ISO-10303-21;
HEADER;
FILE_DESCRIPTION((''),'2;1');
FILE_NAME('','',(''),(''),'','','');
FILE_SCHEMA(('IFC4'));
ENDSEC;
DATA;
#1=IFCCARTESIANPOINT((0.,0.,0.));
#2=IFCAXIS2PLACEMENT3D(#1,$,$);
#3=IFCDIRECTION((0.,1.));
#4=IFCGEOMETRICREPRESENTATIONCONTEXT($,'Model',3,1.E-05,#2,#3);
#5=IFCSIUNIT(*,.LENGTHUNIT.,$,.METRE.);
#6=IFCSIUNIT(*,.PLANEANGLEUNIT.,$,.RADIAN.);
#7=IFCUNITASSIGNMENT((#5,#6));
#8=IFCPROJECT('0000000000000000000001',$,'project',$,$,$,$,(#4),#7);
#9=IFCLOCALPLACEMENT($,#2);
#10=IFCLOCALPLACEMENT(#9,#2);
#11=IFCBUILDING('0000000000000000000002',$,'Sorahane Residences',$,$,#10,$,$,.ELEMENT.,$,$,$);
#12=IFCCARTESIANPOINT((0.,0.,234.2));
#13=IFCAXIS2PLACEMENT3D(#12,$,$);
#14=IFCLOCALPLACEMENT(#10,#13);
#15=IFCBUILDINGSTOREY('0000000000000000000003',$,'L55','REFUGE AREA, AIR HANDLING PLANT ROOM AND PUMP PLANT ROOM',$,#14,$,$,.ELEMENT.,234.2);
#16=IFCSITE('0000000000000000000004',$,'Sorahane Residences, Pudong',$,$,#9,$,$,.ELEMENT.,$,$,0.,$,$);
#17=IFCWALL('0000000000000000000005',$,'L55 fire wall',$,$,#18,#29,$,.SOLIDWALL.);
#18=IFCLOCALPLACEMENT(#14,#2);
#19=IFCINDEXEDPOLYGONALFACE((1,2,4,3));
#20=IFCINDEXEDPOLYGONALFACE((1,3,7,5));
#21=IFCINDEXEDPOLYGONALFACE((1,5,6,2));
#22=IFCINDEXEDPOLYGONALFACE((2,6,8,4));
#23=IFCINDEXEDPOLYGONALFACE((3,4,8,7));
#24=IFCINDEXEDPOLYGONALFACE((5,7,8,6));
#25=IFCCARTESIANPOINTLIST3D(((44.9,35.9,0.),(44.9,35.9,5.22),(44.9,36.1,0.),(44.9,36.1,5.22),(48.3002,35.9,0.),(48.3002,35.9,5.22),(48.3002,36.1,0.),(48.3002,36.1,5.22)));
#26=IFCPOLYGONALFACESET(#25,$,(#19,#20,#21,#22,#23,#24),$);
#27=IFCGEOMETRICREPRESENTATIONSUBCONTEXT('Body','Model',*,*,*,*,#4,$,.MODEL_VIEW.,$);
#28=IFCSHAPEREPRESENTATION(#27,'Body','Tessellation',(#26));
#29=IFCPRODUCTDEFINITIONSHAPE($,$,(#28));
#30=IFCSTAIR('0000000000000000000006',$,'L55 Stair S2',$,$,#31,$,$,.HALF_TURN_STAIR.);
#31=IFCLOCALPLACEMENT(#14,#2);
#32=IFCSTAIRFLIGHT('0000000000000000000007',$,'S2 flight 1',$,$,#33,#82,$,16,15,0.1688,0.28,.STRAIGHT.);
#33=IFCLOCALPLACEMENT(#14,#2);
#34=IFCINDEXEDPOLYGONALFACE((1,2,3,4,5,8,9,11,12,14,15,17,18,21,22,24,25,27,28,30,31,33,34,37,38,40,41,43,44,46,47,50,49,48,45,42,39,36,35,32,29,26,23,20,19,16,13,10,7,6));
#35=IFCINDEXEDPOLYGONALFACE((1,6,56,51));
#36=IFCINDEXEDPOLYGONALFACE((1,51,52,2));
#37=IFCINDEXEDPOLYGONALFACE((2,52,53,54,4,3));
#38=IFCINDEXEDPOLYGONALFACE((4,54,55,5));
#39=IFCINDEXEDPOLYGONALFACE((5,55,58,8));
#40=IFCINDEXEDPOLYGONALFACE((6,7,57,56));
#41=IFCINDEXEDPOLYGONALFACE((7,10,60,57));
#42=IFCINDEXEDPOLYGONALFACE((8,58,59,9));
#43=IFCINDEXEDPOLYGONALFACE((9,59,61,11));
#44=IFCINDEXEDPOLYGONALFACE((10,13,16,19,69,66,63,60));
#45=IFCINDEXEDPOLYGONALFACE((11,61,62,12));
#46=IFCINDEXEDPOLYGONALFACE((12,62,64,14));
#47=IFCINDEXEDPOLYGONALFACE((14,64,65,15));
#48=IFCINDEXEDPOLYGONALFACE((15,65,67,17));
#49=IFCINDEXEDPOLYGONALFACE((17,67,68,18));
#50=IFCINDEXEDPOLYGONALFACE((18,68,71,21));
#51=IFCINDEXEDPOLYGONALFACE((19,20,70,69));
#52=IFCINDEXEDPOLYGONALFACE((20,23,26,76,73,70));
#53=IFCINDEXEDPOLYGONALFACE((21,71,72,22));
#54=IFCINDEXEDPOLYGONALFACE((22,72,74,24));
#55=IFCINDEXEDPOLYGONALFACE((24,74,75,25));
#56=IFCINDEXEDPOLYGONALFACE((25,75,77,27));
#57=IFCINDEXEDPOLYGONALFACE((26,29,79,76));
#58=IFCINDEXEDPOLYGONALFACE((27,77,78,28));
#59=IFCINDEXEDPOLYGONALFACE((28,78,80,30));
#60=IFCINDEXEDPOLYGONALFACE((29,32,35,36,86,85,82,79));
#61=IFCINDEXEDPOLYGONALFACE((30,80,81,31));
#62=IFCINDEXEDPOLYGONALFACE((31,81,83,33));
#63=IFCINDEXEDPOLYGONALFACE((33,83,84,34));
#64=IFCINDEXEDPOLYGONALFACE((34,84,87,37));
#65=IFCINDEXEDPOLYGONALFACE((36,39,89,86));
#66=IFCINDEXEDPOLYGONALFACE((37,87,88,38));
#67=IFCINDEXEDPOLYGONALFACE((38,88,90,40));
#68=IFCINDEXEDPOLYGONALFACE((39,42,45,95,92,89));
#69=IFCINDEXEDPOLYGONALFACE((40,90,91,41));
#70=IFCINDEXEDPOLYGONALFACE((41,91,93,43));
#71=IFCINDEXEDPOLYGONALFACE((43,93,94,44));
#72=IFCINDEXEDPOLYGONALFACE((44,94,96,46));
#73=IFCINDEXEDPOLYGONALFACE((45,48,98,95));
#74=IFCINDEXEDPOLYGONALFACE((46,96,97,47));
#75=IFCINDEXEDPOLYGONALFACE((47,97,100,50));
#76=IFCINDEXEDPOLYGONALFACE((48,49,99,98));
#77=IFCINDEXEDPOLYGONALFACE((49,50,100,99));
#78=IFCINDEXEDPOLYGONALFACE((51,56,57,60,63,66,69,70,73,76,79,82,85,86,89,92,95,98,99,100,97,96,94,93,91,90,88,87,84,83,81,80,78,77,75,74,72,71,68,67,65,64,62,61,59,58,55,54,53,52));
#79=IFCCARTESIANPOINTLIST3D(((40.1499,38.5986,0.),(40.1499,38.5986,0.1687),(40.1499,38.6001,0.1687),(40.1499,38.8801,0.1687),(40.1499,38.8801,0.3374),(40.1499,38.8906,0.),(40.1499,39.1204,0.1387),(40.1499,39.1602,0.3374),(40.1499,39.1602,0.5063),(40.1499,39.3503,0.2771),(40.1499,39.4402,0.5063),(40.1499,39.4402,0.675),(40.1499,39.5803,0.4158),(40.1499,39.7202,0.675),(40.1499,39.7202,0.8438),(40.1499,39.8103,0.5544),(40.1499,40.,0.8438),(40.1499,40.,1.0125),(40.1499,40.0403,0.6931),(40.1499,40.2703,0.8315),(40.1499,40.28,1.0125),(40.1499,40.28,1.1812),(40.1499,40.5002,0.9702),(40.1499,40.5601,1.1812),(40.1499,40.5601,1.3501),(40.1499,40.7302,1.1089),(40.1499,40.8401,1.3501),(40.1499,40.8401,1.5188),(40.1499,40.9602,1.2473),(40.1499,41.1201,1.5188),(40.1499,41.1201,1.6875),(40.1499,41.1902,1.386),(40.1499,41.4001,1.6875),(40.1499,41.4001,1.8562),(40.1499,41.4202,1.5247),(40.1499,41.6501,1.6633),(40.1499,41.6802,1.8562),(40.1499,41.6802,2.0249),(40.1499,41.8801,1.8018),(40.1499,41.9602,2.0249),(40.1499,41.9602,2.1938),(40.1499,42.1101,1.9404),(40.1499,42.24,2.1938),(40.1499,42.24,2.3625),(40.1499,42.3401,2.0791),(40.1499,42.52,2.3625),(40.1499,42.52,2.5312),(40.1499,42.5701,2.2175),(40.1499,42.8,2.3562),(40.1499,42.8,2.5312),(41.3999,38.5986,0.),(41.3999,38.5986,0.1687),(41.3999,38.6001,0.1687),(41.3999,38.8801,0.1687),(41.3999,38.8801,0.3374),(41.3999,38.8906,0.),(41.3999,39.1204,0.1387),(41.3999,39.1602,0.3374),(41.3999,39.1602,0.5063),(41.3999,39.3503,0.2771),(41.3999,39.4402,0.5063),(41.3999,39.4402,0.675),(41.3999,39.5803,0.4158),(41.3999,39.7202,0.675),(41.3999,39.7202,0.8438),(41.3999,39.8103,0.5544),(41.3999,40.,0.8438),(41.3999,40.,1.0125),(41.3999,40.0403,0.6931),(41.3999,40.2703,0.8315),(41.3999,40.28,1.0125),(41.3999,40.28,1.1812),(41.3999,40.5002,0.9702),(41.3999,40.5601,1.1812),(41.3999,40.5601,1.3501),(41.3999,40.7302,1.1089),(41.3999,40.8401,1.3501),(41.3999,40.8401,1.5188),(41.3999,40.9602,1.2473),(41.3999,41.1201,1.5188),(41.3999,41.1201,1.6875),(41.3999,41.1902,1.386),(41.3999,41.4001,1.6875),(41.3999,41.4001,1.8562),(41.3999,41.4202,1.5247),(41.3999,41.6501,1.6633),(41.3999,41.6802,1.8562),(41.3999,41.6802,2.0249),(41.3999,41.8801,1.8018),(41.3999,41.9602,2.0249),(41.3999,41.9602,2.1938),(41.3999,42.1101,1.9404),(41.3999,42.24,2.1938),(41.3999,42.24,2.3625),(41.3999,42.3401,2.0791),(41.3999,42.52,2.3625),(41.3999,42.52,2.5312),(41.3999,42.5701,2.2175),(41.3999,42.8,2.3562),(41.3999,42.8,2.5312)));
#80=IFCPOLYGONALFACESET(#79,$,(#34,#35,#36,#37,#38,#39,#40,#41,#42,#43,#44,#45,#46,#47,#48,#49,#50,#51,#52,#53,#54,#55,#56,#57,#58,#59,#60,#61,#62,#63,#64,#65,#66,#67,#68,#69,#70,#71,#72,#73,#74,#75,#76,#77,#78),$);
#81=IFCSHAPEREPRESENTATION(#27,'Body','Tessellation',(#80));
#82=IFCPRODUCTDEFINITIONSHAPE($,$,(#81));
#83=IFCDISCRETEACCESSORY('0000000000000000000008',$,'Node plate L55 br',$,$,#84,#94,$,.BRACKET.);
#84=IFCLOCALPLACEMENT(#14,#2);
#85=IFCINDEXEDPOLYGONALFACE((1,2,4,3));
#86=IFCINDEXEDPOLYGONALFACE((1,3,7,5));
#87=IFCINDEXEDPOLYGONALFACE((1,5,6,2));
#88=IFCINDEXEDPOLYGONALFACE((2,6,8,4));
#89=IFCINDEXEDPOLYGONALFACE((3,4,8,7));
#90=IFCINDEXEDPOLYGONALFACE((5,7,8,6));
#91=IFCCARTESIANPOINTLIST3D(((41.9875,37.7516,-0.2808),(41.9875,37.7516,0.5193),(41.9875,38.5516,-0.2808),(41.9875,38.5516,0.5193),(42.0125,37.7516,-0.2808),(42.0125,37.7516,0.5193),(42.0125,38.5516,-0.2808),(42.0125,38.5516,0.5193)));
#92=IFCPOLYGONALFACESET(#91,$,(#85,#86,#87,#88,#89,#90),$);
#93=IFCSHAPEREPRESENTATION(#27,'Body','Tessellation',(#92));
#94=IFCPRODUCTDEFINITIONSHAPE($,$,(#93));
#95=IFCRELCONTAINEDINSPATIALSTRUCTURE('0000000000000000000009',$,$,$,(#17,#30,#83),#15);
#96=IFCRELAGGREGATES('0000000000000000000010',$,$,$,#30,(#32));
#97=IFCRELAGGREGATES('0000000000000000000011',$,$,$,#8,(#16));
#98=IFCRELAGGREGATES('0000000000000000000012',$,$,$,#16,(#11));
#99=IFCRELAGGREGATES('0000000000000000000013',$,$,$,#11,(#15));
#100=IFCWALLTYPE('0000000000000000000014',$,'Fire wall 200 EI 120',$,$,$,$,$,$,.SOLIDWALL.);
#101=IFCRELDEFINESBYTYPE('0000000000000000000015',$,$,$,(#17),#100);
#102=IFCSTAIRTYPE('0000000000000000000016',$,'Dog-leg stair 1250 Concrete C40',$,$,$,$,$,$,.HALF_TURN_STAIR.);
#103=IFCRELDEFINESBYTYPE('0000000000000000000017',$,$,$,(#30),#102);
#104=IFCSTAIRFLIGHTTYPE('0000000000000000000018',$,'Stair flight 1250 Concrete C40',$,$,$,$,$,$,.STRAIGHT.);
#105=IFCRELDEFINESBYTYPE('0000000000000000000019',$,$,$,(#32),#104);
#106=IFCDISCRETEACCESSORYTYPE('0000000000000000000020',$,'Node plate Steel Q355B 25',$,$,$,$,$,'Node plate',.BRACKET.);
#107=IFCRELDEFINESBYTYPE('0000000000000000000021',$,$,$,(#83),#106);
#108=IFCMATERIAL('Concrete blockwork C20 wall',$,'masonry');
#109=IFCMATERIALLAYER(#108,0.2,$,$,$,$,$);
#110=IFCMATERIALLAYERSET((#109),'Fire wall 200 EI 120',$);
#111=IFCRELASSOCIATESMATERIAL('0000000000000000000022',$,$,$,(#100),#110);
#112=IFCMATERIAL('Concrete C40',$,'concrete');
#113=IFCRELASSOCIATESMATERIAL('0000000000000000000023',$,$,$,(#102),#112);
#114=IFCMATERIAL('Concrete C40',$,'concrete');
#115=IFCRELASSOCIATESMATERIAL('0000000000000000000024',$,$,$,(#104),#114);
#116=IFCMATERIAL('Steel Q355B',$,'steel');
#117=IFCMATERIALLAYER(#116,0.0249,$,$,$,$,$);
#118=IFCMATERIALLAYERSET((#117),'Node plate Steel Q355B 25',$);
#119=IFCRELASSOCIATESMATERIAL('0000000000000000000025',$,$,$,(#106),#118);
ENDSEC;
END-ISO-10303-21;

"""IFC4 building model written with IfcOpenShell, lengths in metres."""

from ifc_helpers import new_model, si_unit, direction, frame, frame_2d, origin, origin_2d, place, context, subcontext, project, spatial, polyline, rectangle, outline, extrude, material, layer, layer_set, type_object, element, aggregate, save


model = new_model("IFC4")

# Units and contexts
model_context = context("Model", 3, precision=1e-05, world=origin(), true_north=direction((0.0, 1.0)))
body_context = subcontext(model_context, "Body", "Model", "MODEL_VIEW")
ifc_project = project(units=[si_unit("LENGTHUNIT", "METRE"), si_unit("PLANEANGLEUNIT", "RADIAN")], contexts=[model_context])

# Site, building, storey
site_placement = place(None, origin())
site = spatial("IfcSite", under=ifc_project, at=site_placement, Name="Sorahane Residences, Pudong", CompositionType="ELEMENT", RefElevation=0.0)
building_placement = place(site_placement, origin())
building = spatial("IfcBuilding", under=site, at=building_placement, Name="Sorahane Residences", CompositionType="ELEMENT")
storey_placement = place(building_placement, frame((0.0, 0.0, 234.2)))
storey = spatial("IfcBuildingStorey", under=building, at=storey_placement, Name="L55", Description="REFUGE AREA, AIR HANDLING PLANT ROOM AND PUMP PLANT ROOM", CompositionType="ELEMENT", Elevation=234.2)

# Shared definitions
ifc_material_1 = material(Name="Concrete blockwork C20 wall", Category="masonry")
ifc_layer_1 = layer(ifc_material_1, 0.2)
ifc_layer_set_1 = layer_set([ifc_layer_1], Name="Fire wall 200 EI 120")
wall_type = type_object("IfcWallType", Name="Fire wall 200 EI 120", PredefinedType="SOLIDWALL", material=ifc_layer_set_1)

# Wall
wall_1_placement = place(storey_placement, frame((44.8999, 36.0, 0.0), z_axis=(0.0, 0.0, 1.0), x_axis=(1.0, 0.0, 0.0)))
element("IfcWall", 1, at=wall_1_placement, inside=storey, type_object=wall_type, Name="L55 fire wall", PredefinedType="SOLIDWALL", context=body_context, shape_type="SweptSolid", body=[
    extrude(rectangle(XDim=3.4001, YDim=0.2, at=frame_2d((1.7002, 0.0))), origin(), (0.0, 0.0, 1.0), 5.22),
])

# Stair, stair flight
ifc_material_2 = material(Name="Concrete C40", Category="concrete")
stair_type = type_object("IfcStairType", Name="Dog-leg stair 1250 Concrete C40", PredefinedType="HALF_TURN_STAIR", material=ifc_material_2)
stair_placement = place(storey_placement, origin())
stair = element("IfcStair", 2, at=stair_placement, inside=storey, type_object=stair_type, Name="L55 Stair S2", PredefinedType="HALF_TURN_STAIR")
ifc_material_3 = material(Name="Concrete C40", Category="concrete")
stair_flight_type = type_object("IfcStairFlightType", Name="Stair flight 1250 Concrete C40", PredefinedType="STRAIGHT", material=ifc_material_3)
stair_flight_placement = place(storey_placement, frame((40.7749, 38.6001, 0.0), z_axis=(0.0, 0.0, 1.0), x_axis=(0.0, 1.0, 0.0)))
stair_flight = element("IfcStairFlight", 3, at=stair_flight_placement, type_object=stair_flight_type, Name="S2 flight 1", NumberOfRisers=16, NumberOfTreads=15, PredefinedType="STRAIGHT", RiserHeight=0.1688, TreadLength=0.28, context=body_context, shape_type="SweptSolid", body=[
    extrude(outline(polyline([(-0.0015, 0.0), (-0.0015, 0.1687), (0.0, 0.1687), (0.28, 0.1687), (0.28, 0.3374), (0.5601, 0.3374), (0.5601, 0.5063), (0.8401, 0.5063), (0.8401, 0.675), (1.1201, 0.675), (1.1201, 0.8438), (1.3999, 0.8438), (1.3999, 1.0125), (1.6799, 1.0125), (1.6799, 1.1812), (1.96, 1.1812), (1.96, 1.3501), (2.24, 1.3501), (2.24, 1.5188), (2.52, 1.5188), (2.52, 1.6875), (2.8, 1.6875), (2.8, 1.8562), (3.0801, 1.8562), (3.0801, 2.0249), (3.3601, 2.0249), (3.3601, 2.1938), (3.6399, 2.1938), (3.6399, 2.3625), (3.9199, 2.3625), (3.9199, 2.5312), (4.2, 2.5312), (4.2, 2.7), (4.2, 2.3562), (3.97, 2.2175), (3.74, 2.0791), (3.51, 1.9404), (3.28, 1.8018), (3.05, 1.6633), (2.8201, 1.5247), (2.5901, 1.386), (2.3601, 1.2473), (2.1301, 1.1089), (1.9001, 0.9702), (1.6702, 0.8315), (1.4402, 0.6931), (1.2102, 0.5544), (0.9802, 0.4158), (0.7502, 0.2771), (0.5203, 0.1387), (0.2905, 0.0), (-0.0015, 0.0)])), frame((0.0, 0.625, 0.0), z_axis=(0.0, -1.0, 0.0), x_axis=(1.0, 0.0, 0.0)), (0.0, 0.0, 1.0), 1.25),
])
aggregate(stair, [stair_flight])

# Discrete accessory
ifc_material_4 = material(Name="Steel Q355B", Category="steel")
ifc_layer_2 = layer(ifc_material_4, 0.0249)
ifc_layer_set_2 = layer_set([ifc_layer_2], Name="Node plate Steel Q355B 25")
discrete_accessory_type = type_object("IfcDiscreteAccessoryType", Name="Node plate Steel Q355B 25", ElementType="Node plate", PredefinedType="BRACKET", material=ifc_layer_set_2)
discrete_accessory_placement = place(storey_placement, frame((42.0, 38.1516, -0.2808), z_axis=(0.0, 0.0, 1.0), x_axis=(0.0, 1.0, 0.0)))
element("IfcDiscreteAccessory", 4, at=discrete_accessory_placement, inside=storey, type_object=discrete_accessory_type, Name="Node plate L55 br", PredefinedType="BRACKET", context=body_context, shape_type="SweptSolid", body=[
    extrude(rectangle(XDim=0.8, YDim=0.0249, at=origin_2d()), origin(), (0.0, 0.0, 1.0), 0.8),
])

save(model, "model.ifc")
